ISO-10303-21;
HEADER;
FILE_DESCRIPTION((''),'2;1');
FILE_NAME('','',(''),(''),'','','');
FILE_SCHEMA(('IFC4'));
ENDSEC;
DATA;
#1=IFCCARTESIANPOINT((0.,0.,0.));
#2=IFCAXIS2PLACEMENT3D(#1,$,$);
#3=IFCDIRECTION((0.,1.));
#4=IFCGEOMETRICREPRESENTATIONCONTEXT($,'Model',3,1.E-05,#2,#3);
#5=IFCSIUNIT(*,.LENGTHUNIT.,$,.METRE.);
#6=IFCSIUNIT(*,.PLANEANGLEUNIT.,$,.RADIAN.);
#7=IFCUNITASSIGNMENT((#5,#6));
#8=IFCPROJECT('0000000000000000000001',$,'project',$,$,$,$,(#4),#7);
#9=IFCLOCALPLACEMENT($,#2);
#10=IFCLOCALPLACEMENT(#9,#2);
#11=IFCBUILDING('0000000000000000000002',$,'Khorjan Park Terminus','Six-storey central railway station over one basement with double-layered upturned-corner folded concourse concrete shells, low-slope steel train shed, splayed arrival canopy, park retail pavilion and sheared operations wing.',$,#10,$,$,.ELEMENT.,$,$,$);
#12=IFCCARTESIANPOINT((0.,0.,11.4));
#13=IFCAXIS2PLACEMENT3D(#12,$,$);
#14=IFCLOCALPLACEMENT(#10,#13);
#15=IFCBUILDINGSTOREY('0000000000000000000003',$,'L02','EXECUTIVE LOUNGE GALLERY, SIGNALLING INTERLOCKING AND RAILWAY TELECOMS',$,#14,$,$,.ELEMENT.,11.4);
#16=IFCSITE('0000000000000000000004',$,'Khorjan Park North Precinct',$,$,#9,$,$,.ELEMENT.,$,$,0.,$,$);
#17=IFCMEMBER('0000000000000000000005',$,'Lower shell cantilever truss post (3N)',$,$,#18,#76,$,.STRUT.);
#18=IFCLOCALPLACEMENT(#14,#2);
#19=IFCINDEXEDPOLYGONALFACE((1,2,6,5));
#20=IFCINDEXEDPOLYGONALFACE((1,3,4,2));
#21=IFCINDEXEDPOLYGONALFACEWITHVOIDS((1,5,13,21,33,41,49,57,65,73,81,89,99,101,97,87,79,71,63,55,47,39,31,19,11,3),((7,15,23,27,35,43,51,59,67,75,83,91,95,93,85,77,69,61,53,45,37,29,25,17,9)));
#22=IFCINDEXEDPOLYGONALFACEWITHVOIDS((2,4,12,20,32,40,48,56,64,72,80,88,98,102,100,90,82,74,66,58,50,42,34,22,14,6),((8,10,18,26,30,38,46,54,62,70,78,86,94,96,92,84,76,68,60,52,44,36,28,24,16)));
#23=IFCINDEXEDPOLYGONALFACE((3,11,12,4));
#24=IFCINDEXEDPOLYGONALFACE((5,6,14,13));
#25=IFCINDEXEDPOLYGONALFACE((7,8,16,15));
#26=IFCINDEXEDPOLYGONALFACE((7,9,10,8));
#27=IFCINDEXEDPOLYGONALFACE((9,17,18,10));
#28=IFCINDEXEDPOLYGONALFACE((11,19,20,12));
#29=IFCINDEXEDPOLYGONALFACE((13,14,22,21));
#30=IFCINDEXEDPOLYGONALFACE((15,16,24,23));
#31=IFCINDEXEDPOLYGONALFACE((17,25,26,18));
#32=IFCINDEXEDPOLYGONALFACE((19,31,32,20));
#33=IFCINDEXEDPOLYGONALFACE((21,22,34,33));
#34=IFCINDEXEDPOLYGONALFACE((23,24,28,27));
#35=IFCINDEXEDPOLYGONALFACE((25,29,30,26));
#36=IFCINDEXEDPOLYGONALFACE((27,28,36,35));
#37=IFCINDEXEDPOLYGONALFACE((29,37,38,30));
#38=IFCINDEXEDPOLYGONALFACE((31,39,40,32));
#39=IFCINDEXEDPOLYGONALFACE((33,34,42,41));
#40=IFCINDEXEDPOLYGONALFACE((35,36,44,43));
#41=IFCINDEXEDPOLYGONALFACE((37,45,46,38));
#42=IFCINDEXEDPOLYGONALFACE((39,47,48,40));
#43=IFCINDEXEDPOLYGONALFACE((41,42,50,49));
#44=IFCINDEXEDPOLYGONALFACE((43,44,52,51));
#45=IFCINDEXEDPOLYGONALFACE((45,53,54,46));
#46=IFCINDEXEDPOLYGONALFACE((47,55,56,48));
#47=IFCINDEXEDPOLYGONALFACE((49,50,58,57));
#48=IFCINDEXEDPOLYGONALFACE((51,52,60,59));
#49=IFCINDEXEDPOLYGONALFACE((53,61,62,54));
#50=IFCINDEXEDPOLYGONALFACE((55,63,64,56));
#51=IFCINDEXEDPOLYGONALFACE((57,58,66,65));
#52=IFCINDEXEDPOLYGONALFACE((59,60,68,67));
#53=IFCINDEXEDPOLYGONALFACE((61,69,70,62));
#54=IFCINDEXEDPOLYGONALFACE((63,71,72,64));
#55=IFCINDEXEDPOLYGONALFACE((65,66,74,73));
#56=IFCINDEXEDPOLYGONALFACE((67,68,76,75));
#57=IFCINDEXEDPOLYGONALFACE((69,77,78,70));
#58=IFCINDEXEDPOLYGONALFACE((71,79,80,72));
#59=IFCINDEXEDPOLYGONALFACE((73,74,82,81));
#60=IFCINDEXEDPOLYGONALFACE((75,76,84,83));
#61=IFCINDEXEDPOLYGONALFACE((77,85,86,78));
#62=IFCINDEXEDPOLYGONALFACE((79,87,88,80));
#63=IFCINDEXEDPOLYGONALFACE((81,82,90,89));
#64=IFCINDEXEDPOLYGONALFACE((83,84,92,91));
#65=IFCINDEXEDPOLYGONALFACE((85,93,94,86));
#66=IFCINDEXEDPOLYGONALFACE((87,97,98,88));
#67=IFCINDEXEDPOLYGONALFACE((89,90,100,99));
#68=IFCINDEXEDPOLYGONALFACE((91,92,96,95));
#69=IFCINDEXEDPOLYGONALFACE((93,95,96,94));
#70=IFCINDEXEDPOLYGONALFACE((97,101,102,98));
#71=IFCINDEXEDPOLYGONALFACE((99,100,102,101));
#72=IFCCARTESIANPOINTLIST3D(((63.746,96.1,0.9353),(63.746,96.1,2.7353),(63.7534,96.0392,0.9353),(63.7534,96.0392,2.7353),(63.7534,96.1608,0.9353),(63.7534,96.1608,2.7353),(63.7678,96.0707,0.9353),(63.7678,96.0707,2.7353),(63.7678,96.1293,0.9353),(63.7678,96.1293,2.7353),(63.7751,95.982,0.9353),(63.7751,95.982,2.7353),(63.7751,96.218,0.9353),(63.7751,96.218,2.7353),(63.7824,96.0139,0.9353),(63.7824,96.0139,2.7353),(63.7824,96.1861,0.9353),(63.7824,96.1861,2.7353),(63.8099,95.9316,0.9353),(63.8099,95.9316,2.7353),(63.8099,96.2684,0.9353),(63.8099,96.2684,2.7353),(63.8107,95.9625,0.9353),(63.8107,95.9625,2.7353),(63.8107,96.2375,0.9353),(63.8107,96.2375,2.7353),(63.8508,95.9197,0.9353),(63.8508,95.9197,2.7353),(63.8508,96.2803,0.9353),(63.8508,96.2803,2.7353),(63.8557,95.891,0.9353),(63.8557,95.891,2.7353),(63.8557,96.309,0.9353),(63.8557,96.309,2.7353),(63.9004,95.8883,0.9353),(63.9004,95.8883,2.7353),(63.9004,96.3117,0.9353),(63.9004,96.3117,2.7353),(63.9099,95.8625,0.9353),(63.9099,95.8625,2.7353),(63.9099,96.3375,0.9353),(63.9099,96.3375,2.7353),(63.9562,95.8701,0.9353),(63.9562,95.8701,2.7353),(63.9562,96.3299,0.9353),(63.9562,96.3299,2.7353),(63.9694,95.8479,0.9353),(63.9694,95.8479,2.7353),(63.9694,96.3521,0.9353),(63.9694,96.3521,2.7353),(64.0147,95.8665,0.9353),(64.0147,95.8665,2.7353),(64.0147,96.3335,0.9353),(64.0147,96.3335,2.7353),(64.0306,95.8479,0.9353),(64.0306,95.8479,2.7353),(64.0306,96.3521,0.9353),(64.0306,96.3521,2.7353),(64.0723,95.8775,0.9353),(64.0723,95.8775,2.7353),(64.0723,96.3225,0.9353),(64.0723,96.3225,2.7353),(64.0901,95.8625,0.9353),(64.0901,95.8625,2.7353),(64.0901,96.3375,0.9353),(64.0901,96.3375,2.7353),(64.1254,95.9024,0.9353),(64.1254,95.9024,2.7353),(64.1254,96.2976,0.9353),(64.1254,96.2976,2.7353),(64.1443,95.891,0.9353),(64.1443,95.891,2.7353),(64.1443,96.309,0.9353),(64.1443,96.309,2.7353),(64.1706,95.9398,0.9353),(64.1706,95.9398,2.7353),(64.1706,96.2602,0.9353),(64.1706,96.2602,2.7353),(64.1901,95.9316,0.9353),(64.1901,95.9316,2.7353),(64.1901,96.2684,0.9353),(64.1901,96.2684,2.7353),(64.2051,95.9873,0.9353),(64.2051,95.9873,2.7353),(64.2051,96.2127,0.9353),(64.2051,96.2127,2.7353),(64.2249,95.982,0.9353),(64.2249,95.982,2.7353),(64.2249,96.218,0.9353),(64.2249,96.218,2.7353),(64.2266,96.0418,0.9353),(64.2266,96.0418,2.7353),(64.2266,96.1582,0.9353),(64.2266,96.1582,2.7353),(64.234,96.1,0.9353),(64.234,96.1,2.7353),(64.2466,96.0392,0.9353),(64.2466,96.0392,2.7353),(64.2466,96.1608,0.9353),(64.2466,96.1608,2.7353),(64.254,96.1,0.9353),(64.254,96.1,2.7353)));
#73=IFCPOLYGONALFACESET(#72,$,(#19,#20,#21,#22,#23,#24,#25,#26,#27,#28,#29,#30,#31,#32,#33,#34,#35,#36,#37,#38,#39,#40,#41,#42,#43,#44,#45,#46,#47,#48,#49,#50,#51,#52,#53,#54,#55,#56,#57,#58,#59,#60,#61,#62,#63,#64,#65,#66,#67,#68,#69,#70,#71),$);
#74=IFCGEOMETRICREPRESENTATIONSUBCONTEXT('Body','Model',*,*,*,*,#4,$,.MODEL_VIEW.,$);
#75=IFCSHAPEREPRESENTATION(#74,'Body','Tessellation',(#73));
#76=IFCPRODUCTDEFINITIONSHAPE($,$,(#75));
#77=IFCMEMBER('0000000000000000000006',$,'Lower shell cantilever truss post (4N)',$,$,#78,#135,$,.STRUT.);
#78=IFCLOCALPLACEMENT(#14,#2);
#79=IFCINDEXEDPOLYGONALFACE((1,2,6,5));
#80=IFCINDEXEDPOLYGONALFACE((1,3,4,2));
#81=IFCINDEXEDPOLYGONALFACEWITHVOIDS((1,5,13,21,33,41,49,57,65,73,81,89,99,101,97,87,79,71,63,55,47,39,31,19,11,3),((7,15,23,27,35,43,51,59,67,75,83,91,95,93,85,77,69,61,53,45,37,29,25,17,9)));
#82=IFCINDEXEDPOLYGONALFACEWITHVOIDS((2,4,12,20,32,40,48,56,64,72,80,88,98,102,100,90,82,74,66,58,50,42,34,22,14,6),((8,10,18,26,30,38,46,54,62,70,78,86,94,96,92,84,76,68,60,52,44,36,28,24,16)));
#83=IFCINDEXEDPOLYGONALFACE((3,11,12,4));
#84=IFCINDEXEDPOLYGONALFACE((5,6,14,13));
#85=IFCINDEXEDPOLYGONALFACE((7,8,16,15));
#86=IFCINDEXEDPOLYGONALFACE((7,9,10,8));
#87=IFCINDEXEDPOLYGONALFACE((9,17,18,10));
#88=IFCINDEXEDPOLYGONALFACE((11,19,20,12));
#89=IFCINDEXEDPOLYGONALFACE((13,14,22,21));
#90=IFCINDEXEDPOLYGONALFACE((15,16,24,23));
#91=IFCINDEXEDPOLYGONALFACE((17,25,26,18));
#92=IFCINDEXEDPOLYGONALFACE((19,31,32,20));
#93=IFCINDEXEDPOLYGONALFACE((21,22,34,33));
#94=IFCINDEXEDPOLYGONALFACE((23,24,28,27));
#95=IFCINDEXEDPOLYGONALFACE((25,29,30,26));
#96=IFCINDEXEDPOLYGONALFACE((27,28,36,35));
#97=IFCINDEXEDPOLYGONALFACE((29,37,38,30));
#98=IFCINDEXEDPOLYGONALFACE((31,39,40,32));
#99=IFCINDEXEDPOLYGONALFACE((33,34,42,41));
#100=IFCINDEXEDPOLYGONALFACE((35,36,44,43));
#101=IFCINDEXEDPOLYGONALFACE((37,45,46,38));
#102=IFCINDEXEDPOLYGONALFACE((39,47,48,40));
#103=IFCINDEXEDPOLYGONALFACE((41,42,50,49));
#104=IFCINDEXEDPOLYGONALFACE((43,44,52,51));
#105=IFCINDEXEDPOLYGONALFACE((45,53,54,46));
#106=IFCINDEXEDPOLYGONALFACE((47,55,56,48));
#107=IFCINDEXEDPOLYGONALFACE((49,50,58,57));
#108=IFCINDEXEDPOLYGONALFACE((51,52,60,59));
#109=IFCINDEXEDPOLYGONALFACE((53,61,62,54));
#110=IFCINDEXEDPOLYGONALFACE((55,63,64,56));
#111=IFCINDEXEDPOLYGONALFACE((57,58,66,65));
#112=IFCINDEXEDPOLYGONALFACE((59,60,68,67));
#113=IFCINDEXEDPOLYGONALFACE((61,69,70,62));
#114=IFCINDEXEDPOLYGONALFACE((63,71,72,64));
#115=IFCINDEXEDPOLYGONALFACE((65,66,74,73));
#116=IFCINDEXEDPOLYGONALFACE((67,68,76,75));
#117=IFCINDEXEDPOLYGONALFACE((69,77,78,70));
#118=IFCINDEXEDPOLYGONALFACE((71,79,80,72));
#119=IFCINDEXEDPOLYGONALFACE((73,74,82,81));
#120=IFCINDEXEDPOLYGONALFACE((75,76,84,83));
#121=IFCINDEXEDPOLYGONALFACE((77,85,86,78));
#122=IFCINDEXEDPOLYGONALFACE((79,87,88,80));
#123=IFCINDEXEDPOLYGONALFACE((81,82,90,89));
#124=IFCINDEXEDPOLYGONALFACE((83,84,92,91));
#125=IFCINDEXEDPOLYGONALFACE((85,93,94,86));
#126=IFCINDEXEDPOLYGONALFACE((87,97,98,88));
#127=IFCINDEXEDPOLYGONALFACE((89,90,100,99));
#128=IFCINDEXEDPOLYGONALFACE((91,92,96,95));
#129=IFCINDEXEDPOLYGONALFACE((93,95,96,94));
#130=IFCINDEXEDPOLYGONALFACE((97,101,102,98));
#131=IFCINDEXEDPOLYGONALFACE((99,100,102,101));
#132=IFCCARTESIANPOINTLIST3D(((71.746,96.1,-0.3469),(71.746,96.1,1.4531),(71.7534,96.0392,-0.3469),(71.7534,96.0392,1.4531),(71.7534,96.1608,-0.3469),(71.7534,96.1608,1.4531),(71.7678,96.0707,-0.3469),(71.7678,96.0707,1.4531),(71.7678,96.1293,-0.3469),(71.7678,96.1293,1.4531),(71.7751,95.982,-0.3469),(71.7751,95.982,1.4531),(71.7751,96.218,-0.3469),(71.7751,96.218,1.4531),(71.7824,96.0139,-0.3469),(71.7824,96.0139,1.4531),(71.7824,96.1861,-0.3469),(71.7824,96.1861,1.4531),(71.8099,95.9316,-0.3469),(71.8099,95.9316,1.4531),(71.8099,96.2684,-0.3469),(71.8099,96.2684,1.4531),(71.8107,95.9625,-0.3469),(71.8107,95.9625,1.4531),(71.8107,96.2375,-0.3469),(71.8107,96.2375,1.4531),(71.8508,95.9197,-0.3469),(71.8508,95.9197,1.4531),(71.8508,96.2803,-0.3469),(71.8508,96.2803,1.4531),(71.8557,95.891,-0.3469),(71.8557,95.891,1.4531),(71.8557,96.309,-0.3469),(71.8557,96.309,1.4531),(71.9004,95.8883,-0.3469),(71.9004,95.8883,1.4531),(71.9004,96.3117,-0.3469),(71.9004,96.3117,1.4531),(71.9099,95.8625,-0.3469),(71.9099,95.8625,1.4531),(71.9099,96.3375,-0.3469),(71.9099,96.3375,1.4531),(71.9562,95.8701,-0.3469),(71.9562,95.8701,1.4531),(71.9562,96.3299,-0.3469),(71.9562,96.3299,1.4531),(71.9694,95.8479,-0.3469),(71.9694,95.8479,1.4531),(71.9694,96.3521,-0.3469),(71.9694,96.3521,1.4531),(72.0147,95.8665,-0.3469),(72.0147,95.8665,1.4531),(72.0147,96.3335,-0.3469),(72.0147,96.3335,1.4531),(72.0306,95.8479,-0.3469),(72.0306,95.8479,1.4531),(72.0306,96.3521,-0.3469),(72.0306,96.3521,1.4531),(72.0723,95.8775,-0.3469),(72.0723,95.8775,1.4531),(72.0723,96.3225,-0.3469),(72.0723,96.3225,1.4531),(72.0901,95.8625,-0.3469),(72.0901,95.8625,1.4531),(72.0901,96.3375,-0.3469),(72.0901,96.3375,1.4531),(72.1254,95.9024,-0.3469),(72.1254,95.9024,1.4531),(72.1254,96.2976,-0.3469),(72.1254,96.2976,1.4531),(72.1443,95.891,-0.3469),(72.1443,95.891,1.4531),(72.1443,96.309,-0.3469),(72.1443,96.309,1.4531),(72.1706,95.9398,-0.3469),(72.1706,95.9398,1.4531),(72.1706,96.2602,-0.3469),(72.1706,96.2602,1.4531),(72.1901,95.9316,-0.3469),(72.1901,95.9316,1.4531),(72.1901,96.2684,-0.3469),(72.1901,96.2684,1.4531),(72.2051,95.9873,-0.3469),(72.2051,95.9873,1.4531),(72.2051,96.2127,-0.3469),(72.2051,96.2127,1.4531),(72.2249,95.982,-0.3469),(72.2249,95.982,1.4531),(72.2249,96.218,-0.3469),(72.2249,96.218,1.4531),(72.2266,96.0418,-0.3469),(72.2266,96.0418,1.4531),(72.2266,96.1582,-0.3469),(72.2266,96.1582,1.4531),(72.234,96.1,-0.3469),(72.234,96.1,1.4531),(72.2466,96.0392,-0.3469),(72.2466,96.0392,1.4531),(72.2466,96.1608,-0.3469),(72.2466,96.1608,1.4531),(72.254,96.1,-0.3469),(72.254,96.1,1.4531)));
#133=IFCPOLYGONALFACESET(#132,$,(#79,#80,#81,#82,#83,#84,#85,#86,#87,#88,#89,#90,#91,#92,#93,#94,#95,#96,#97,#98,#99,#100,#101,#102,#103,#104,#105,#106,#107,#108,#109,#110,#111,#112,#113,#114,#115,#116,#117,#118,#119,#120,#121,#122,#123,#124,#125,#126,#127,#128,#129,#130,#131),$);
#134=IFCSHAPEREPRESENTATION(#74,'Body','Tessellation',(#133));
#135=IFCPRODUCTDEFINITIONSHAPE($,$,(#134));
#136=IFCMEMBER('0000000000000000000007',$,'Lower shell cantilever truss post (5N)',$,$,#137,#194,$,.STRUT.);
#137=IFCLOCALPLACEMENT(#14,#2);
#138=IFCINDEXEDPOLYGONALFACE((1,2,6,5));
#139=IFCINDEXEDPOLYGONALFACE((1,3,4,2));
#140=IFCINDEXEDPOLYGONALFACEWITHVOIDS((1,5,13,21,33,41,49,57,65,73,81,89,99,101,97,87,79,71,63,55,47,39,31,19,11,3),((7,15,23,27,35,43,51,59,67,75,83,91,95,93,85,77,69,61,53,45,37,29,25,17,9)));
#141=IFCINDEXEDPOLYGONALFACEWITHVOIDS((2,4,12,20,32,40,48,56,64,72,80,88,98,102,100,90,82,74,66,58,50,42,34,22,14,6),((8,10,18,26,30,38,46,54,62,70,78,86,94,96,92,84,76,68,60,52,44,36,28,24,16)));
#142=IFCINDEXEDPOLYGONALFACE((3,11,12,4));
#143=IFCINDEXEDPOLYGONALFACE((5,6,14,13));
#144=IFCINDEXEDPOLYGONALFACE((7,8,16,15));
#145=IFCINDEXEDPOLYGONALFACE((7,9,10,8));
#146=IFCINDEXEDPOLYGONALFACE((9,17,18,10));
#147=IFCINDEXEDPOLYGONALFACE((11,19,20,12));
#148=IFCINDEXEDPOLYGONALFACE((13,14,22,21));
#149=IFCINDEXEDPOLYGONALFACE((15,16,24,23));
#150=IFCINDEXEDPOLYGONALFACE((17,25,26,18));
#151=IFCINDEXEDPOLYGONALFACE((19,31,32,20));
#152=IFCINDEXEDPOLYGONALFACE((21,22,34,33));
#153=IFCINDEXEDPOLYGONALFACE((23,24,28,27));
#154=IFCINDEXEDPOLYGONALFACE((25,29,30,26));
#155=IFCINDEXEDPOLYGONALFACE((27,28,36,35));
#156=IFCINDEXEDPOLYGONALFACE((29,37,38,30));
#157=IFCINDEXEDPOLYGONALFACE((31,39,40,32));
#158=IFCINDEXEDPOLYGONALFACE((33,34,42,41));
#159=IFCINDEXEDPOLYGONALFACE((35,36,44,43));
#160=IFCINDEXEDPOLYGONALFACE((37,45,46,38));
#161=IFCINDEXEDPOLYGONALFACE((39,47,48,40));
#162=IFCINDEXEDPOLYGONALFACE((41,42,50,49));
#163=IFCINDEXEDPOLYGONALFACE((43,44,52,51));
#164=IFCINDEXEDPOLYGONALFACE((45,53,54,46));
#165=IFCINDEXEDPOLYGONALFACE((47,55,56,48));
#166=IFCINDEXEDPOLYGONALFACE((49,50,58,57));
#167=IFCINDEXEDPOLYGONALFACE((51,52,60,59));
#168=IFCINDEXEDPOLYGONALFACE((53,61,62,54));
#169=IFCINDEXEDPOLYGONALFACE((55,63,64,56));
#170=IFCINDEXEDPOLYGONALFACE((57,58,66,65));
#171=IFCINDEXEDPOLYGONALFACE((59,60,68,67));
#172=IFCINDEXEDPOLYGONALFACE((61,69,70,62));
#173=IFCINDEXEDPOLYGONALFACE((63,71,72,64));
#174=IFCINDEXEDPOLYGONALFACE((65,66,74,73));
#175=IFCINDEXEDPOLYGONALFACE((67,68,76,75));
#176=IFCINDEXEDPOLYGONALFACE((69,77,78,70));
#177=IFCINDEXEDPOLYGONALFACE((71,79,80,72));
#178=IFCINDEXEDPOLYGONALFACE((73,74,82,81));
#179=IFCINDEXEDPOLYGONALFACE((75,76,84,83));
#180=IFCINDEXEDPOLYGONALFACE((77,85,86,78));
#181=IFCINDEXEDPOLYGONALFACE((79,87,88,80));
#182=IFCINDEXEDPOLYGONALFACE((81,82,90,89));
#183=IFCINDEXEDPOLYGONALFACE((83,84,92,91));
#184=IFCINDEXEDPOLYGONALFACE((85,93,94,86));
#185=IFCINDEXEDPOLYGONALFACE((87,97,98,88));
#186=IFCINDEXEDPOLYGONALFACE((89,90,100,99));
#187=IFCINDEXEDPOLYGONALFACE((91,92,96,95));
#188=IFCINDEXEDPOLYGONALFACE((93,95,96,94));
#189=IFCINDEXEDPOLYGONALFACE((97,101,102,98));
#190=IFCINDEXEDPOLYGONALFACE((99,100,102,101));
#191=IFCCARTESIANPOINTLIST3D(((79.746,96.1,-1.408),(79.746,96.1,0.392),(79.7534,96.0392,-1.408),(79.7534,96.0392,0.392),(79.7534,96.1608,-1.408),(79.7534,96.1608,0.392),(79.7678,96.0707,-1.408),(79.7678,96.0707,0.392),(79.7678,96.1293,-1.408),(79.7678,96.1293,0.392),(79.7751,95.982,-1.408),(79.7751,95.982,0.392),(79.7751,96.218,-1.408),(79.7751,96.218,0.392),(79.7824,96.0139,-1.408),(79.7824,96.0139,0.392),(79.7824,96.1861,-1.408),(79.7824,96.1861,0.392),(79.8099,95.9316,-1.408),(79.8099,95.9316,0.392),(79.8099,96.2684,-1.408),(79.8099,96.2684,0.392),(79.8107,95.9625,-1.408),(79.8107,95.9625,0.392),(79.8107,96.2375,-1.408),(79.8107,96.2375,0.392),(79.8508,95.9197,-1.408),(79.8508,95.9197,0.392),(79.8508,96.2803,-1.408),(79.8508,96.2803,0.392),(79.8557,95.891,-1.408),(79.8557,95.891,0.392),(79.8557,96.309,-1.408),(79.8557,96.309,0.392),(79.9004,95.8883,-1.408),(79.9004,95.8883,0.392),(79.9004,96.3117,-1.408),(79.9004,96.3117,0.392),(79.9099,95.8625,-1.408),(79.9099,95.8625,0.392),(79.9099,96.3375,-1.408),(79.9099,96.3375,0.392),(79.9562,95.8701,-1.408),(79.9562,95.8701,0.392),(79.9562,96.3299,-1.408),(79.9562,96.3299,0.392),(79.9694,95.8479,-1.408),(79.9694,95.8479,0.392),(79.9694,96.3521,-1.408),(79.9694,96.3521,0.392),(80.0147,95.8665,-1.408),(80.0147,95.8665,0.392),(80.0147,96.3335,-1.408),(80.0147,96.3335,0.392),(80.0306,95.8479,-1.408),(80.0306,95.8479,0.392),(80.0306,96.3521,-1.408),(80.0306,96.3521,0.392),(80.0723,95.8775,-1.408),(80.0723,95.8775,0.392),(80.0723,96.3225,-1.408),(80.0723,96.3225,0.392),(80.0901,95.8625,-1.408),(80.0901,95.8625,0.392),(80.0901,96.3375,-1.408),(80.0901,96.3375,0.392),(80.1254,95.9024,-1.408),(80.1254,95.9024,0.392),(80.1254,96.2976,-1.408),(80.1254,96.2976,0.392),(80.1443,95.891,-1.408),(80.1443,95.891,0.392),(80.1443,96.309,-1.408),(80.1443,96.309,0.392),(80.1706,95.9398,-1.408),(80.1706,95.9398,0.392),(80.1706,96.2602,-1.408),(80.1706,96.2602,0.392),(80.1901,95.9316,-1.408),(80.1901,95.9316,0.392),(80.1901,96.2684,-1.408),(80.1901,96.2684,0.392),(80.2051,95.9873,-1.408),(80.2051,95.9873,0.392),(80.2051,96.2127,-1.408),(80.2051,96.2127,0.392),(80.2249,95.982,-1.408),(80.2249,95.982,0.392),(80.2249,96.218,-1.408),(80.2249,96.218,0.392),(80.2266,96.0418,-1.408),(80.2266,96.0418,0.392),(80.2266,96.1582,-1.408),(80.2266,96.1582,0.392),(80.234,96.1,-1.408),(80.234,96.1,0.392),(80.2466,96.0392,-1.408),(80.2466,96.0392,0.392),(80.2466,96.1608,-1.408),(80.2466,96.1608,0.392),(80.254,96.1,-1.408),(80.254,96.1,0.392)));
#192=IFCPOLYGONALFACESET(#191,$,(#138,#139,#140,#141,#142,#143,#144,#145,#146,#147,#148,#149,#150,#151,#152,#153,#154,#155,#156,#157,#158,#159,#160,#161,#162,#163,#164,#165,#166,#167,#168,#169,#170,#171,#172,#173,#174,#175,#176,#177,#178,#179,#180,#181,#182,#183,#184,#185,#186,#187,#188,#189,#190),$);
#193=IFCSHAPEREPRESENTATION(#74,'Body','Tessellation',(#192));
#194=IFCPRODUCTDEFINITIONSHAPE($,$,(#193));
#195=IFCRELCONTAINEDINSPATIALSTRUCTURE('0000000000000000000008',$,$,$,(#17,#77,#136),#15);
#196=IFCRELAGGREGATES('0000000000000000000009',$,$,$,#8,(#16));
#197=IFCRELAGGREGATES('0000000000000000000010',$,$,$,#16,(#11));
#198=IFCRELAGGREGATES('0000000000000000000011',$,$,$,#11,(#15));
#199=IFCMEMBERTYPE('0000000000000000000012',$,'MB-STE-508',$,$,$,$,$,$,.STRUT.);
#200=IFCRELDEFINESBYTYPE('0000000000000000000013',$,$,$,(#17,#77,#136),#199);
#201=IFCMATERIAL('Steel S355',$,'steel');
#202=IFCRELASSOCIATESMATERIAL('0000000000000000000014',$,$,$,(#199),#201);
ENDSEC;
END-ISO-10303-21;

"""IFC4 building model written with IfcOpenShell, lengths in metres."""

from ifc_helpers import new_model, si_unit, direction, frame, origin, origin_2d, place, context, subcontext, project, spatial, hollow_circle, extrude, material, material_profile, profile_set, type_object, element, save


model = new_model("IFC4")

# Units and contexts
model_context = context("Model", 3, precision=1e-05, world=origin(), true_north=direction((0.0, 1.0)))
body_context = subcontext(model_context, "Body", "Model", "MODEL_VIEW")
ifc_project = project(units=[si_unit("LENGTHUNIT", "METRE"), si_unit("PLANEANGLEUNIT", "RADIAN")], contexts=[model_context])

# Site, building, storey
site_placement = place(None, origin())
site = spatial("IfcSite", under=ifc_project, at=site_placement, Name="Khorjan Park North Precinct", CompositionType="ELEMENT", RefElevation=0.0)
building_placement = place(site_placement, origin())
building = spatial("IfcBuilding", under=site, at=building_placement, Name="Khorjan Park Terminus", Description="Six-storey central railway station over one basement with double-layered upturned-corner folded concourse concrete shells, low-slope steel train shed, splayed arrival canopy, park retail pavilion and sheared operations wing.", CompositionType="ELEMENT")
storey_placement = place(building_placement, frame((0.0, 0.0, 11.4)))
storey = spatial("IfcBuildingStorey", under=building, at=storey_placement, Name="L02", Description="EXECUTIVE LOUNGE GALLERY, SIGNALLING INTERLOCKING AND RAILWAY TELECOMS", CompositionType="ELEMENT", Elevation=11.4)

# Members
ifc_material_1 = material(Name="Steel S355", Category="steel")
ifc_material_profile_1 = material_profile(ifc_material_1, hollow_circle(Radius=0.254, WallThickness=0.02, at=origin_2d()), Name="CHS 508x20")
ifc_profile_set_1 = profile_set([ifc_material_profile_1], Name="Steel S355")
member_type_1 = type_object("IfcMemberType", Name="MB-STE-508", PredefinedType="STRUT", material=ifc_profile_set_1)
for number, where, z_axis, x_axis, name in (
    (1, (64.0, 96.1, 0.9353), (0.0, 0.0, 1.0), (1.0, 0.0, 0.0), "Lower shell cantilever truss post (3N)"),
    (2, (72.0, 96.1, -0.3469), (0.0, 0.0, 1.0), (1.0, 0.0, 0.0), "Lower shell cantilever truss post (4N)"),
    (3, (80.0, 96.1, -1.408), (0.0, 0.0, 1.0), (1.0, 0.0, 0.0), "Lower shell cantilever truss post (5N)"),
):
    element("IfcMember", number, at=place(storey_placement, frame(where, z_axis=z_axis, x_axis=x_axis)), inside=storey, type_object=member_type_1, Name=name, PredefinedType="STRUT", context=body_context, shape_type="SweptSolid", body=[
        extrude(hollow_circle(Radius=0.254, WallThickness=0.02, at=origin_2d()), origin(), (0.0, 0.0, 1.0), 1.8),
    ])

save(model, "model.ifc")
